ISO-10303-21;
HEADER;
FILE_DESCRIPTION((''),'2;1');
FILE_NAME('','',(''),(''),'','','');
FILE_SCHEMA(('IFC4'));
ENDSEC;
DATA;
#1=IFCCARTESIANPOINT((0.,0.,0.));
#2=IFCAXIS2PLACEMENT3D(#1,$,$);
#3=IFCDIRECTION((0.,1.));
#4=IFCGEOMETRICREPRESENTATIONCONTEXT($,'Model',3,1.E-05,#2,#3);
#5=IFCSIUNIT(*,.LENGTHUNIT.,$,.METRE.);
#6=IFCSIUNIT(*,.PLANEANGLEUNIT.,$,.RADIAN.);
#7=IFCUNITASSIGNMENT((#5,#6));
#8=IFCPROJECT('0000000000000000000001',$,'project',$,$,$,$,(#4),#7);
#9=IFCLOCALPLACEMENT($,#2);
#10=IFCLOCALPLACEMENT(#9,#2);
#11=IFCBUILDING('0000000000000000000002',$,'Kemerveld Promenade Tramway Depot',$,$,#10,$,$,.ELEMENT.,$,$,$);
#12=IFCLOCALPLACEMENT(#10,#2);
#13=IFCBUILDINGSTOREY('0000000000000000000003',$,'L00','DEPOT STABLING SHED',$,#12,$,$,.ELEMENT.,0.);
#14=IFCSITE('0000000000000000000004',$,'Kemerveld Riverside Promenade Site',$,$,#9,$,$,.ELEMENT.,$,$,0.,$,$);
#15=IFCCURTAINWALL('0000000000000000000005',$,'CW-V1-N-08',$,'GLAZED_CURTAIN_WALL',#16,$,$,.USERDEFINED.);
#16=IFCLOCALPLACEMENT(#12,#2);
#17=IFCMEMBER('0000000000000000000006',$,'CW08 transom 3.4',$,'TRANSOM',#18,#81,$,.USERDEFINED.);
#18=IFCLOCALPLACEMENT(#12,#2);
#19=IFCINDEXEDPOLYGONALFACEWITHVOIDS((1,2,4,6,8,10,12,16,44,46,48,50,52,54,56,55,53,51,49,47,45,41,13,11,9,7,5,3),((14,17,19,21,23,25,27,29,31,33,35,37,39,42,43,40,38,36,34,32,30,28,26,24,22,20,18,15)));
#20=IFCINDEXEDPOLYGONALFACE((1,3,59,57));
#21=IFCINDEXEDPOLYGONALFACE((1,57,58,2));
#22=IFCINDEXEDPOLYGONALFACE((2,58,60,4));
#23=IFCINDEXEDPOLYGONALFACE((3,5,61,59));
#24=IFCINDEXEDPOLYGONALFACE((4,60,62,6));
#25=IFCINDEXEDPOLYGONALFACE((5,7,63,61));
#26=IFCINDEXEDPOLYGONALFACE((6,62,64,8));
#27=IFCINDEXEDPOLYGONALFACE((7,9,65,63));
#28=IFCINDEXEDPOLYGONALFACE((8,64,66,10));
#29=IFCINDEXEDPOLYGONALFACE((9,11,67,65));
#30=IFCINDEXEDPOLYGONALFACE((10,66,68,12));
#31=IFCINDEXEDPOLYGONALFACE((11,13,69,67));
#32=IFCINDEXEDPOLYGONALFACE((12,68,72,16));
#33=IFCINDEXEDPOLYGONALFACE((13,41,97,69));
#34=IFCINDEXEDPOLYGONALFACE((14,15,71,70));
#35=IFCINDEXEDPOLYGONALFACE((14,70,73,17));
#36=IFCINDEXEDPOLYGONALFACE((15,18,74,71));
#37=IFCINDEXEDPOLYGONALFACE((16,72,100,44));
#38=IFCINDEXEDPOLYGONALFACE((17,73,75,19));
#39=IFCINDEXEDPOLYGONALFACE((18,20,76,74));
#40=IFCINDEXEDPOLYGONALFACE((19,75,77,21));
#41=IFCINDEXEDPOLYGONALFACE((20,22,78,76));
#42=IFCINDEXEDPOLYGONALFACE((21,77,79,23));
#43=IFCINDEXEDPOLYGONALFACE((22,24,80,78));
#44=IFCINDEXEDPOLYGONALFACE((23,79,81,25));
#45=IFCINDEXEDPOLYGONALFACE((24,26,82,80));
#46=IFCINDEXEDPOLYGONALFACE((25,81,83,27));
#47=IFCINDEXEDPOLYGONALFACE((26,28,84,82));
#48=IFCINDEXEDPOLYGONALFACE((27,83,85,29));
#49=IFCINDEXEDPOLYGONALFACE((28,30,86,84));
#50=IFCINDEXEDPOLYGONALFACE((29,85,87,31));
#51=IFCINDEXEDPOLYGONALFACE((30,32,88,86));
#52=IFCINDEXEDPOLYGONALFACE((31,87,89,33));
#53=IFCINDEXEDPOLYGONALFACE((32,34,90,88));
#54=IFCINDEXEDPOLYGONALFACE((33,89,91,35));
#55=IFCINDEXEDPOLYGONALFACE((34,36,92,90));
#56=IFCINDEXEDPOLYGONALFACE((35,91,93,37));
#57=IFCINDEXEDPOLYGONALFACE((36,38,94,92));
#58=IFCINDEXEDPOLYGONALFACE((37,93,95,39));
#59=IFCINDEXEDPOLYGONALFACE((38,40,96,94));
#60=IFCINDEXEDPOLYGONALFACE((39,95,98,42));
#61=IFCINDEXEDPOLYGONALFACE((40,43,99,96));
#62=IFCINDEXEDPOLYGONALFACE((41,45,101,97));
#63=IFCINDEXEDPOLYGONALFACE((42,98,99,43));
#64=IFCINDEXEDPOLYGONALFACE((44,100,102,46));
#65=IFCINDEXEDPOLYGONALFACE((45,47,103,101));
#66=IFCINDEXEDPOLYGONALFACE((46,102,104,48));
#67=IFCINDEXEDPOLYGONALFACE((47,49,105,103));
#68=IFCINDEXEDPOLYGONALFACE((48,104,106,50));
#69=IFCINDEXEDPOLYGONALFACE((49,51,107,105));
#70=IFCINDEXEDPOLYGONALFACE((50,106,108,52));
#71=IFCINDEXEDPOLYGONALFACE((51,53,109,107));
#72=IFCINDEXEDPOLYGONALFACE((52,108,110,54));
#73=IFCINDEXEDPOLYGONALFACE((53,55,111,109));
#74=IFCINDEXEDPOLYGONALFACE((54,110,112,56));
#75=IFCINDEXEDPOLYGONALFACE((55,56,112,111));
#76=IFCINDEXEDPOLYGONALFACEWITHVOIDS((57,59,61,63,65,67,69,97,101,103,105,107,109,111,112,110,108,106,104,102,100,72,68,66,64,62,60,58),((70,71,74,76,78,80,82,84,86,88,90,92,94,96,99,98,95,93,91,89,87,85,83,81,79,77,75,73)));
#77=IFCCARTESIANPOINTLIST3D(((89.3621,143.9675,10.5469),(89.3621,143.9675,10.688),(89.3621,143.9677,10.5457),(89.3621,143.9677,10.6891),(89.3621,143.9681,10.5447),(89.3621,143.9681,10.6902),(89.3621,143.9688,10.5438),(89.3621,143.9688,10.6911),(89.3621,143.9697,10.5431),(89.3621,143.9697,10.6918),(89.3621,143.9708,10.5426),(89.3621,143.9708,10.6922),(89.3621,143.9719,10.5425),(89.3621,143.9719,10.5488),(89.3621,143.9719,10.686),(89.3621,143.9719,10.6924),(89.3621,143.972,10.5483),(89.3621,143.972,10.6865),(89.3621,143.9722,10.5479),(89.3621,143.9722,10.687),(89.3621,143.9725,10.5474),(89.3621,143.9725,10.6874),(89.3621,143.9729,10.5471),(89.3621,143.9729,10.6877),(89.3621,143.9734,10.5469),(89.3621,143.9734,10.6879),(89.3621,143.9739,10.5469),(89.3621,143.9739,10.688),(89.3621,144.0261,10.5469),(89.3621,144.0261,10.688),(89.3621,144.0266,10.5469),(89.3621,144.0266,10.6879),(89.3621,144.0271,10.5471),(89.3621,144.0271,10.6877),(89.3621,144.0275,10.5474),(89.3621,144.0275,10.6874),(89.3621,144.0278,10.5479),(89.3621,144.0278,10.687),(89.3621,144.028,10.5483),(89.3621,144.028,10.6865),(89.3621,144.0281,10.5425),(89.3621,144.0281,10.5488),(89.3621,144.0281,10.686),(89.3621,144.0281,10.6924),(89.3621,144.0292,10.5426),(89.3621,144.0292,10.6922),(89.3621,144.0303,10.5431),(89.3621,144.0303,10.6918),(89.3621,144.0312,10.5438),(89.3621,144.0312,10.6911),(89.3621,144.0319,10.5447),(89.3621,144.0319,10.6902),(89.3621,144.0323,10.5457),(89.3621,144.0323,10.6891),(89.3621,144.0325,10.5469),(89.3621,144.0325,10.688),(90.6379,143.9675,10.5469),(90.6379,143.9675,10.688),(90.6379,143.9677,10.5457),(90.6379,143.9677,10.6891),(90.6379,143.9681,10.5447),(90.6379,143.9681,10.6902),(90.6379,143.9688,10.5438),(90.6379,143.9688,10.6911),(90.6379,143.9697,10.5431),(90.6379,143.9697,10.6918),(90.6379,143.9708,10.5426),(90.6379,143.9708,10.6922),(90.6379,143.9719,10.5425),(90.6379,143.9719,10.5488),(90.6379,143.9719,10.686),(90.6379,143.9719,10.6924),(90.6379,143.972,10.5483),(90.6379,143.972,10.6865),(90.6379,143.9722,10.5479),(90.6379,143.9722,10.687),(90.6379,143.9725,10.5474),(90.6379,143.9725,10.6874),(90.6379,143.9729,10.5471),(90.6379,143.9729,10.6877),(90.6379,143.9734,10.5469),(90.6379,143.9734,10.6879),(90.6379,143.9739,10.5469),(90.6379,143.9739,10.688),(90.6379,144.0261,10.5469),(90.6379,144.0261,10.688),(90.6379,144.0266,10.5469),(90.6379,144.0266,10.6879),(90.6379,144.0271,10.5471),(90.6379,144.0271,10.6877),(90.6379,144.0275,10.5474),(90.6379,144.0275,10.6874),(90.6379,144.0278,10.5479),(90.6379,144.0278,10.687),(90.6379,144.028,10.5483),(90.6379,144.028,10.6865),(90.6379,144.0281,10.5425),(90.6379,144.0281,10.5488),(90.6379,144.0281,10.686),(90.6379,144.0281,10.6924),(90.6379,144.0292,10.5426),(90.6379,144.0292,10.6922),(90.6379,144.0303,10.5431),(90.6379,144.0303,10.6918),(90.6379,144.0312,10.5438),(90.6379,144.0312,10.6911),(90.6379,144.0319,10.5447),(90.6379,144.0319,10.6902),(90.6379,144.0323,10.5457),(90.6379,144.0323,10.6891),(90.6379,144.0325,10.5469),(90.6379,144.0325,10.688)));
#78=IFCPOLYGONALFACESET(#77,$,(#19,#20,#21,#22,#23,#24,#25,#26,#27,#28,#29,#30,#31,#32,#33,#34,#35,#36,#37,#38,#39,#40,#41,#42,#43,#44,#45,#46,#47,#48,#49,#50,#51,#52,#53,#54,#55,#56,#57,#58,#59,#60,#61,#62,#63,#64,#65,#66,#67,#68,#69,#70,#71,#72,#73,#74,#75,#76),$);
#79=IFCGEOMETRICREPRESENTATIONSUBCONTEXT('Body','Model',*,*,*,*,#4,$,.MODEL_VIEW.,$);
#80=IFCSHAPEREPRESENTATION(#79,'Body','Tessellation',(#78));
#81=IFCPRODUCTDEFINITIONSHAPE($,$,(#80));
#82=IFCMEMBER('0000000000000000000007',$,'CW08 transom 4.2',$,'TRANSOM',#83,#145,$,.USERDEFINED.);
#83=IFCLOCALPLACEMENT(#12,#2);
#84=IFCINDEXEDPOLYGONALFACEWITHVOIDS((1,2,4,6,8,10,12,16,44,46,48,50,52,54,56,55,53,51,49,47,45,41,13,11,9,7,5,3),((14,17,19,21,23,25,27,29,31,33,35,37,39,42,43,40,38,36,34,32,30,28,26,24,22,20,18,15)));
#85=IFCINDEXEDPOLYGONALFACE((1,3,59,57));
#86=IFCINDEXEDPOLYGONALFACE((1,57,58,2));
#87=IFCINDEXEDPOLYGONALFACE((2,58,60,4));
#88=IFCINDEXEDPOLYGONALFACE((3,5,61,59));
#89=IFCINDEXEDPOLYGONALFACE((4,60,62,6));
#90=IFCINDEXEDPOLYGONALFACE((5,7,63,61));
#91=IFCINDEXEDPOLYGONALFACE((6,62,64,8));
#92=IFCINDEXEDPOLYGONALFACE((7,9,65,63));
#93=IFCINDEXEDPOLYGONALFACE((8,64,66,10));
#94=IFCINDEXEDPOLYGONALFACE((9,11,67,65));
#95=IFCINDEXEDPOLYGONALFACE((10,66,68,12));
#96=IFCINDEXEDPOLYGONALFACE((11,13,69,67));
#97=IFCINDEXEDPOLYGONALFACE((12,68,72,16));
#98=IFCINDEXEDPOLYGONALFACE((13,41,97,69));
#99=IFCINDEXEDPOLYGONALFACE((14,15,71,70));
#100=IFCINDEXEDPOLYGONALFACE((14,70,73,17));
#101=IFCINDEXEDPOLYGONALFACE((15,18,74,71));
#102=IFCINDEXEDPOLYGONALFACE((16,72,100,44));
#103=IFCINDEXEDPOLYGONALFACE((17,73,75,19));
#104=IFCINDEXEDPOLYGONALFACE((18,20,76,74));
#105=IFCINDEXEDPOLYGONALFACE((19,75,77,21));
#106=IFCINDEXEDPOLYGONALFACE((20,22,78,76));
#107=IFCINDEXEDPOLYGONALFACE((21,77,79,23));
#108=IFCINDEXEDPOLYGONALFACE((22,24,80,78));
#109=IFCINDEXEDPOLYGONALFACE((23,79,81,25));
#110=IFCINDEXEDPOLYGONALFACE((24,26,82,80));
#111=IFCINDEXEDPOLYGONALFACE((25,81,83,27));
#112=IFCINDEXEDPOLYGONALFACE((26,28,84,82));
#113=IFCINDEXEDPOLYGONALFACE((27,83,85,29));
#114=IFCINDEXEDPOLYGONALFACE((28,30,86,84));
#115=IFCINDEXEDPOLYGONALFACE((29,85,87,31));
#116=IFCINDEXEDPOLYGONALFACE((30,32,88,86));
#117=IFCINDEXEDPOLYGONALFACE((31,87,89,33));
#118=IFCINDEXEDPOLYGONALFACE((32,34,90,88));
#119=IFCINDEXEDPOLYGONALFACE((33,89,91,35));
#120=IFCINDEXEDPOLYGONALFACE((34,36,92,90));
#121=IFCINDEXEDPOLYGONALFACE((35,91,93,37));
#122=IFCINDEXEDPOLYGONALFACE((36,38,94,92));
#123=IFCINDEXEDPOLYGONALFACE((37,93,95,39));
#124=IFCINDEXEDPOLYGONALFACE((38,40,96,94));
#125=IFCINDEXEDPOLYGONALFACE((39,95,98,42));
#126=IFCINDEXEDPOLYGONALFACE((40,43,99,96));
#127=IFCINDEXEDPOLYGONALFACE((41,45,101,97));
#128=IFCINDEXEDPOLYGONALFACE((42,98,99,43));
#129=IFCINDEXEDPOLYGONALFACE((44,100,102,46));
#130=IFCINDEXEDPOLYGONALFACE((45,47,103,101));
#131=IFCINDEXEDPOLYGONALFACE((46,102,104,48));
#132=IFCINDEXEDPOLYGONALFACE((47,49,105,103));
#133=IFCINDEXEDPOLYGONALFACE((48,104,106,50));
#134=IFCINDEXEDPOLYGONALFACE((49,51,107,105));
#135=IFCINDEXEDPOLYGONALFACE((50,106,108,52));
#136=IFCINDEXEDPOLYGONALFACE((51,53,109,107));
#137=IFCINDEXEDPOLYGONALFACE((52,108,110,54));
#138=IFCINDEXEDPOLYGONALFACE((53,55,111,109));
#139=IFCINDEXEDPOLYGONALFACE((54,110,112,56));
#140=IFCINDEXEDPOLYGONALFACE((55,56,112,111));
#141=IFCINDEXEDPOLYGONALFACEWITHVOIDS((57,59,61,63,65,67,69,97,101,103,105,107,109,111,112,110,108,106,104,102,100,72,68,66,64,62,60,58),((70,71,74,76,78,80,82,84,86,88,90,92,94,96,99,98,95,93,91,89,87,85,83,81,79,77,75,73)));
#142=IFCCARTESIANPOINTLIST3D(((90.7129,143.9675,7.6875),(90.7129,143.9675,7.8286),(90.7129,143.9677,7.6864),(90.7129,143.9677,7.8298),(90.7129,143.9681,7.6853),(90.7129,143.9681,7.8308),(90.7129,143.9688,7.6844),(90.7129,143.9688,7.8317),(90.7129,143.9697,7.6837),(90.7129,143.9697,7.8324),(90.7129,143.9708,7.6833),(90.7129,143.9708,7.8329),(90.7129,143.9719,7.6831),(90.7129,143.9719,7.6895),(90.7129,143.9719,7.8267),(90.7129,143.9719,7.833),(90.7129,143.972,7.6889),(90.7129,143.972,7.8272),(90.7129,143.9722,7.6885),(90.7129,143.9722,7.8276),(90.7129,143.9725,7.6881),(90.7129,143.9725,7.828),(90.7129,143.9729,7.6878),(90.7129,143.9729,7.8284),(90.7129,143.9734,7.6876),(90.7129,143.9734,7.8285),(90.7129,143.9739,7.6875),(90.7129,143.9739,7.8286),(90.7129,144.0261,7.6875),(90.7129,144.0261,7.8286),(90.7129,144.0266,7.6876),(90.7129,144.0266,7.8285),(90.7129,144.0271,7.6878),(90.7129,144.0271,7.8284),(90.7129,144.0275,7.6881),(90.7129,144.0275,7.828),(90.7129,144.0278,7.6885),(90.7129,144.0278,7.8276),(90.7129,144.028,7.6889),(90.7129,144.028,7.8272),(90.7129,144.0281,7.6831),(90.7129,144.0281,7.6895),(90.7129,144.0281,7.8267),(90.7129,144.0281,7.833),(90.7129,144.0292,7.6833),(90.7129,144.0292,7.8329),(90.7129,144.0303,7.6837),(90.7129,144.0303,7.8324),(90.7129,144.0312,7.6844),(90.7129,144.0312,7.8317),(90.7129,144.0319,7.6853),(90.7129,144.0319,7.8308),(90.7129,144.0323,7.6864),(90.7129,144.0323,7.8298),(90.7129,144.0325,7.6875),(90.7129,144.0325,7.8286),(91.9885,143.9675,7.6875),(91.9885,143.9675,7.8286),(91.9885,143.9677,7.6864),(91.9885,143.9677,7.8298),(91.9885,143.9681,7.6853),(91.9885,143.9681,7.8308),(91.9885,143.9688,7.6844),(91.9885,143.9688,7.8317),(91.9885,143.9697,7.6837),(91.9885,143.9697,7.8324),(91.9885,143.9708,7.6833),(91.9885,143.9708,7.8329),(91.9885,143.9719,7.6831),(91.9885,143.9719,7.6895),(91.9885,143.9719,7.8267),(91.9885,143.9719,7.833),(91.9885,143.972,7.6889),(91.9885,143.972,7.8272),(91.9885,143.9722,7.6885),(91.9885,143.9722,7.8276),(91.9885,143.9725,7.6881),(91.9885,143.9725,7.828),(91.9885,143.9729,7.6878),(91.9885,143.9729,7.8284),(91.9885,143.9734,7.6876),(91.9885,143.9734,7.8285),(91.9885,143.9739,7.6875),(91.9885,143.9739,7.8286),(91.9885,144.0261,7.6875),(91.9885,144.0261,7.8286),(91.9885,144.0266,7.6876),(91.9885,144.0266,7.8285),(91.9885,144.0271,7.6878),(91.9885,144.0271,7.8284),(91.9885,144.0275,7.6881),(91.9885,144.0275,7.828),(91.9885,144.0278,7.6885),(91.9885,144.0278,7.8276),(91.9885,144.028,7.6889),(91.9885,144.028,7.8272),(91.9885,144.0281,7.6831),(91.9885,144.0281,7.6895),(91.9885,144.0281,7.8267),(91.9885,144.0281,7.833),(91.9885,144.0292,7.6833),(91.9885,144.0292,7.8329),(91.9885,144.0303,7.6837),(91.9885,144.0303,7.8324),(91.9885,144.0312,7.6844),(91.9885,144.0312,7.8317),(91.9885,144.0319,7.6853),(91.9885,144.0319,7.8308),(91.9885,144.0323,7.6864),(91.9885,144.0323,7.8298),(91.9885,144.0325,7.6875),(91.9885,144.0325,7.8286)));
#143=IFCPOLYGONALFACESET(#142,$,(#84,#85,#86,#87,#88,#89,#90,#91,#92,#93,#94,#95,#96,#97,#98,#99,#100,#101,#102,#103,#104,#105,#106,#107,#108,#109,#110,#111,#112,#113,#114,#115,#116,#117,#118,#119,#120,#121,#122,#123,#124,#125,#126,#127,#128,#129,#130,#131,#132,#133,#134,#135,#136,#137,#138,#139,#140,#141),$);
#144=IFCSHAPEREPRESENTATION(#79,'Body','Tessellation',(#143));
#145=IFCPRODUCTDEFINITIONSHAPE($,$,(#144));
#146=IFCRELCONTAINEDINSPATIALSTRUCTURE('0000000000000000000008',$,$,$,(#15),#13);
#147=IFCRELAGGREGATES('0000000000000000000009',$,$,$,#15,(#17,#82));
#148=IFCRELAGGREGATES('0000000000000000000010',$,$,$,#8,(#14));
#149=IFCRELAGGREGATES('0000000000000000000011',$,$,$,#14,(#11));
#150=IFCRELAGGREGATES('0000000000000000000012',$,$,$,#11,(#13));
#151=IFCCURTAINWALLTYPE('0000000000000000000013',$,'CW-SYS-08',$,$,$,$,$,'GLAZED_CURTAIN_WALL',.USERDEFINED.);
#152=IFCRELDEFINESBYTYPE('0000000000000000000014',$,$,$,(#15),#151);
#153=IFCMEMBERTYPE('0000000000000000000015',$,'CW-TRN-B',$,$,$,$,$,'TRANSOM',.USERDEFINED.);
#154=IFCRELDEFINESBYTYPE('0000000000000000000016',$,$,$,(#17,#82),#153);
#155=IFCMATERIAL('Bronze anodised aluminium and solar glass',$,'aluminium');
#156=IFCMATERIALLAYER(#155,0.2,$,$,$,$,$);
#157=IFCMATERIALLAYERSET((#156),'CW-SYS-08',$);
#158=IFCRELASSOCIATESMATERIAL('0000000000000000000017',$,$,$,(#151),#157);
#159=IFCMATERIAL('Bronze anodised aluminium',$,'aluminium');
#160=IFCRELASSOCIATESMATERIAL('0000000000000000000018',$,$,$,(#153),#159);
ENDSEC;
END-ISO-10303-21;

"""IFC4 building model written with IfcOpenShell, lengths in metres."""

from ifc_helpers import new_model, si_unit, direction, frame, origin, origin_2d, place, context, subcontext, project, spatial, hollow_rectangle, extrude, material, layer, layer_set, material_profile, profile_set, type_object, element, aggregate, save


model = new_model("IFC4")

# Units and contexts
model_context = context("Model", 3, precision=1e-05, world=origin(), true_north=direction((0.0, 1.0)))
body_context = subcontext(model_context, "Body", "Model", "MODEL_VIEW")
ifc_project = project(units=[si_unit("LENGTHUNIT", "METRE"), si_unit("PLANEANGLEUNIT", "RADIAN")], contexts=[model_context])

# Site, building, storey
site_placement = place(None, origin())
site = spatial("IfcSite", under=ifc_project, at=site_placement, Name="Kemerveld Riverside Promenade Site", CompositionType="ELEMENT", RefElevation=0.0)
building_placement = place(site_placement, origin())
building = spatial("IfcBuilding", under=site, at=building_placement, Name="Kemerveld Promenade Tramway Depot", CompositionType="ELEMENT")
storey_placement = place(building_placement, origin())
storey = spatial("IfcBuildingStorey", under=building, at=storey_placement, Name="L00", Description="DEPOT STABLING SHED", CompositionType="ELEMENT", Elevation=0.0)

# Curtain wall, members
ifc_material_1 = material(Name="Bronze anodised aluminium and solar glass", Category="aluminium")
ifc_material_2 = material(Name="Bronze anodised aluminium", Category="aluminium")
ifc_layer_1 = layer(ifc_material_1, 0.2)
ifc_layer_set_1 = layer_set([ifc_layer_1], Name="CW-SYS-08")
curtain_wall_type_1 = type_object("IfcCurtainWallType", Name="CW-SYS-08", ElementType="GLAZED_CURTAIN_WALL", PredefinedType="USERDEFINED", material=ifc_layer_set_1)
curtain_wall_1_placement = place(storey_placement, origin())
curtain_wall_1 = element("IfcCurtainWall", 1, at=curtain_wall_1_placement, inside=storey, type_object=curtain_wall_type_1, Name="CW-V1-N-08", ObjectType="GLAZED_CURTAIN_WALL", PredefinedType="USERDEFINED")
ifc_material_profile_1 = material_profile(ifc_material_2, hollow_rectangle(XDim=0.0649, YDim=0.1499, WallThickness=0.0044, InnerFilletRadius=0.002, OuterFilletRadius=0.0044, at=origin_2d()), Name="CW-TRN-150x65")
ifc_profile_set_1 = profile_set([ifc_material_profile_1], Name="Bronze anodised aluminium")
member_type_1 = type_object("IfcMemberType", Name="CW-TRN-B", ElementType="TRANSOM", PredefinedType="USERDEFINED", material=ifc_profile_set_1)
member_1_placement = place(storey_placement, frame((89.3621, 144.0, 10.6174), z_axis=(1.0, 0.0, 0.0), x_axis=(0.0, 1.0, 0.0)))
member_1 = element("IfcMember", 2, at=member_1_placement, type_object=member_type_1, Name="CW08 transom 3.4", ObjectType="TRANSOM", PredefinedType="USERDEFINED", context=body_context, shape_type="SweptSolid", body=[
    extrude(hollow_rectangle(XDim=0.0649, YDim=0.1499, WallThickness=0.0044, InnerFilletRadius=0.002, OuterFilletRadius=0.0044, at=origin_2d()), origin(), (0.0, 0.0, 1.0), 1.2759),
])
member_2_placement = place(storey_placement, frame((90.7129, 144.0, 7.7581), z_axis=(1.0, 0.0, 0.0), x_axis=(0.0, 1.0, 0.0)))
member_2 = element("IfcMember", 3, at=member_2_placement, type_object=member_type_1, Name="CW08 transom 4.2", ObjectType="TRANSOM", PredefinedType="USERDEFINED", context=body_context, shape_type="SweptSolid", body=[
    extrude(hollow_rectangle(XDim=0.0649, YDim=0.1499, WallThickness=0.0044, InnerFilletRadius=0.002, OuterFilletRadius=0.0044, at=origin_2d()), origin(), (0.0, 0.0, 1.0), 1.2756),
])

aggregate(curtain_wall_1, [member_1, member_2])

save(model, "model.ifc")
